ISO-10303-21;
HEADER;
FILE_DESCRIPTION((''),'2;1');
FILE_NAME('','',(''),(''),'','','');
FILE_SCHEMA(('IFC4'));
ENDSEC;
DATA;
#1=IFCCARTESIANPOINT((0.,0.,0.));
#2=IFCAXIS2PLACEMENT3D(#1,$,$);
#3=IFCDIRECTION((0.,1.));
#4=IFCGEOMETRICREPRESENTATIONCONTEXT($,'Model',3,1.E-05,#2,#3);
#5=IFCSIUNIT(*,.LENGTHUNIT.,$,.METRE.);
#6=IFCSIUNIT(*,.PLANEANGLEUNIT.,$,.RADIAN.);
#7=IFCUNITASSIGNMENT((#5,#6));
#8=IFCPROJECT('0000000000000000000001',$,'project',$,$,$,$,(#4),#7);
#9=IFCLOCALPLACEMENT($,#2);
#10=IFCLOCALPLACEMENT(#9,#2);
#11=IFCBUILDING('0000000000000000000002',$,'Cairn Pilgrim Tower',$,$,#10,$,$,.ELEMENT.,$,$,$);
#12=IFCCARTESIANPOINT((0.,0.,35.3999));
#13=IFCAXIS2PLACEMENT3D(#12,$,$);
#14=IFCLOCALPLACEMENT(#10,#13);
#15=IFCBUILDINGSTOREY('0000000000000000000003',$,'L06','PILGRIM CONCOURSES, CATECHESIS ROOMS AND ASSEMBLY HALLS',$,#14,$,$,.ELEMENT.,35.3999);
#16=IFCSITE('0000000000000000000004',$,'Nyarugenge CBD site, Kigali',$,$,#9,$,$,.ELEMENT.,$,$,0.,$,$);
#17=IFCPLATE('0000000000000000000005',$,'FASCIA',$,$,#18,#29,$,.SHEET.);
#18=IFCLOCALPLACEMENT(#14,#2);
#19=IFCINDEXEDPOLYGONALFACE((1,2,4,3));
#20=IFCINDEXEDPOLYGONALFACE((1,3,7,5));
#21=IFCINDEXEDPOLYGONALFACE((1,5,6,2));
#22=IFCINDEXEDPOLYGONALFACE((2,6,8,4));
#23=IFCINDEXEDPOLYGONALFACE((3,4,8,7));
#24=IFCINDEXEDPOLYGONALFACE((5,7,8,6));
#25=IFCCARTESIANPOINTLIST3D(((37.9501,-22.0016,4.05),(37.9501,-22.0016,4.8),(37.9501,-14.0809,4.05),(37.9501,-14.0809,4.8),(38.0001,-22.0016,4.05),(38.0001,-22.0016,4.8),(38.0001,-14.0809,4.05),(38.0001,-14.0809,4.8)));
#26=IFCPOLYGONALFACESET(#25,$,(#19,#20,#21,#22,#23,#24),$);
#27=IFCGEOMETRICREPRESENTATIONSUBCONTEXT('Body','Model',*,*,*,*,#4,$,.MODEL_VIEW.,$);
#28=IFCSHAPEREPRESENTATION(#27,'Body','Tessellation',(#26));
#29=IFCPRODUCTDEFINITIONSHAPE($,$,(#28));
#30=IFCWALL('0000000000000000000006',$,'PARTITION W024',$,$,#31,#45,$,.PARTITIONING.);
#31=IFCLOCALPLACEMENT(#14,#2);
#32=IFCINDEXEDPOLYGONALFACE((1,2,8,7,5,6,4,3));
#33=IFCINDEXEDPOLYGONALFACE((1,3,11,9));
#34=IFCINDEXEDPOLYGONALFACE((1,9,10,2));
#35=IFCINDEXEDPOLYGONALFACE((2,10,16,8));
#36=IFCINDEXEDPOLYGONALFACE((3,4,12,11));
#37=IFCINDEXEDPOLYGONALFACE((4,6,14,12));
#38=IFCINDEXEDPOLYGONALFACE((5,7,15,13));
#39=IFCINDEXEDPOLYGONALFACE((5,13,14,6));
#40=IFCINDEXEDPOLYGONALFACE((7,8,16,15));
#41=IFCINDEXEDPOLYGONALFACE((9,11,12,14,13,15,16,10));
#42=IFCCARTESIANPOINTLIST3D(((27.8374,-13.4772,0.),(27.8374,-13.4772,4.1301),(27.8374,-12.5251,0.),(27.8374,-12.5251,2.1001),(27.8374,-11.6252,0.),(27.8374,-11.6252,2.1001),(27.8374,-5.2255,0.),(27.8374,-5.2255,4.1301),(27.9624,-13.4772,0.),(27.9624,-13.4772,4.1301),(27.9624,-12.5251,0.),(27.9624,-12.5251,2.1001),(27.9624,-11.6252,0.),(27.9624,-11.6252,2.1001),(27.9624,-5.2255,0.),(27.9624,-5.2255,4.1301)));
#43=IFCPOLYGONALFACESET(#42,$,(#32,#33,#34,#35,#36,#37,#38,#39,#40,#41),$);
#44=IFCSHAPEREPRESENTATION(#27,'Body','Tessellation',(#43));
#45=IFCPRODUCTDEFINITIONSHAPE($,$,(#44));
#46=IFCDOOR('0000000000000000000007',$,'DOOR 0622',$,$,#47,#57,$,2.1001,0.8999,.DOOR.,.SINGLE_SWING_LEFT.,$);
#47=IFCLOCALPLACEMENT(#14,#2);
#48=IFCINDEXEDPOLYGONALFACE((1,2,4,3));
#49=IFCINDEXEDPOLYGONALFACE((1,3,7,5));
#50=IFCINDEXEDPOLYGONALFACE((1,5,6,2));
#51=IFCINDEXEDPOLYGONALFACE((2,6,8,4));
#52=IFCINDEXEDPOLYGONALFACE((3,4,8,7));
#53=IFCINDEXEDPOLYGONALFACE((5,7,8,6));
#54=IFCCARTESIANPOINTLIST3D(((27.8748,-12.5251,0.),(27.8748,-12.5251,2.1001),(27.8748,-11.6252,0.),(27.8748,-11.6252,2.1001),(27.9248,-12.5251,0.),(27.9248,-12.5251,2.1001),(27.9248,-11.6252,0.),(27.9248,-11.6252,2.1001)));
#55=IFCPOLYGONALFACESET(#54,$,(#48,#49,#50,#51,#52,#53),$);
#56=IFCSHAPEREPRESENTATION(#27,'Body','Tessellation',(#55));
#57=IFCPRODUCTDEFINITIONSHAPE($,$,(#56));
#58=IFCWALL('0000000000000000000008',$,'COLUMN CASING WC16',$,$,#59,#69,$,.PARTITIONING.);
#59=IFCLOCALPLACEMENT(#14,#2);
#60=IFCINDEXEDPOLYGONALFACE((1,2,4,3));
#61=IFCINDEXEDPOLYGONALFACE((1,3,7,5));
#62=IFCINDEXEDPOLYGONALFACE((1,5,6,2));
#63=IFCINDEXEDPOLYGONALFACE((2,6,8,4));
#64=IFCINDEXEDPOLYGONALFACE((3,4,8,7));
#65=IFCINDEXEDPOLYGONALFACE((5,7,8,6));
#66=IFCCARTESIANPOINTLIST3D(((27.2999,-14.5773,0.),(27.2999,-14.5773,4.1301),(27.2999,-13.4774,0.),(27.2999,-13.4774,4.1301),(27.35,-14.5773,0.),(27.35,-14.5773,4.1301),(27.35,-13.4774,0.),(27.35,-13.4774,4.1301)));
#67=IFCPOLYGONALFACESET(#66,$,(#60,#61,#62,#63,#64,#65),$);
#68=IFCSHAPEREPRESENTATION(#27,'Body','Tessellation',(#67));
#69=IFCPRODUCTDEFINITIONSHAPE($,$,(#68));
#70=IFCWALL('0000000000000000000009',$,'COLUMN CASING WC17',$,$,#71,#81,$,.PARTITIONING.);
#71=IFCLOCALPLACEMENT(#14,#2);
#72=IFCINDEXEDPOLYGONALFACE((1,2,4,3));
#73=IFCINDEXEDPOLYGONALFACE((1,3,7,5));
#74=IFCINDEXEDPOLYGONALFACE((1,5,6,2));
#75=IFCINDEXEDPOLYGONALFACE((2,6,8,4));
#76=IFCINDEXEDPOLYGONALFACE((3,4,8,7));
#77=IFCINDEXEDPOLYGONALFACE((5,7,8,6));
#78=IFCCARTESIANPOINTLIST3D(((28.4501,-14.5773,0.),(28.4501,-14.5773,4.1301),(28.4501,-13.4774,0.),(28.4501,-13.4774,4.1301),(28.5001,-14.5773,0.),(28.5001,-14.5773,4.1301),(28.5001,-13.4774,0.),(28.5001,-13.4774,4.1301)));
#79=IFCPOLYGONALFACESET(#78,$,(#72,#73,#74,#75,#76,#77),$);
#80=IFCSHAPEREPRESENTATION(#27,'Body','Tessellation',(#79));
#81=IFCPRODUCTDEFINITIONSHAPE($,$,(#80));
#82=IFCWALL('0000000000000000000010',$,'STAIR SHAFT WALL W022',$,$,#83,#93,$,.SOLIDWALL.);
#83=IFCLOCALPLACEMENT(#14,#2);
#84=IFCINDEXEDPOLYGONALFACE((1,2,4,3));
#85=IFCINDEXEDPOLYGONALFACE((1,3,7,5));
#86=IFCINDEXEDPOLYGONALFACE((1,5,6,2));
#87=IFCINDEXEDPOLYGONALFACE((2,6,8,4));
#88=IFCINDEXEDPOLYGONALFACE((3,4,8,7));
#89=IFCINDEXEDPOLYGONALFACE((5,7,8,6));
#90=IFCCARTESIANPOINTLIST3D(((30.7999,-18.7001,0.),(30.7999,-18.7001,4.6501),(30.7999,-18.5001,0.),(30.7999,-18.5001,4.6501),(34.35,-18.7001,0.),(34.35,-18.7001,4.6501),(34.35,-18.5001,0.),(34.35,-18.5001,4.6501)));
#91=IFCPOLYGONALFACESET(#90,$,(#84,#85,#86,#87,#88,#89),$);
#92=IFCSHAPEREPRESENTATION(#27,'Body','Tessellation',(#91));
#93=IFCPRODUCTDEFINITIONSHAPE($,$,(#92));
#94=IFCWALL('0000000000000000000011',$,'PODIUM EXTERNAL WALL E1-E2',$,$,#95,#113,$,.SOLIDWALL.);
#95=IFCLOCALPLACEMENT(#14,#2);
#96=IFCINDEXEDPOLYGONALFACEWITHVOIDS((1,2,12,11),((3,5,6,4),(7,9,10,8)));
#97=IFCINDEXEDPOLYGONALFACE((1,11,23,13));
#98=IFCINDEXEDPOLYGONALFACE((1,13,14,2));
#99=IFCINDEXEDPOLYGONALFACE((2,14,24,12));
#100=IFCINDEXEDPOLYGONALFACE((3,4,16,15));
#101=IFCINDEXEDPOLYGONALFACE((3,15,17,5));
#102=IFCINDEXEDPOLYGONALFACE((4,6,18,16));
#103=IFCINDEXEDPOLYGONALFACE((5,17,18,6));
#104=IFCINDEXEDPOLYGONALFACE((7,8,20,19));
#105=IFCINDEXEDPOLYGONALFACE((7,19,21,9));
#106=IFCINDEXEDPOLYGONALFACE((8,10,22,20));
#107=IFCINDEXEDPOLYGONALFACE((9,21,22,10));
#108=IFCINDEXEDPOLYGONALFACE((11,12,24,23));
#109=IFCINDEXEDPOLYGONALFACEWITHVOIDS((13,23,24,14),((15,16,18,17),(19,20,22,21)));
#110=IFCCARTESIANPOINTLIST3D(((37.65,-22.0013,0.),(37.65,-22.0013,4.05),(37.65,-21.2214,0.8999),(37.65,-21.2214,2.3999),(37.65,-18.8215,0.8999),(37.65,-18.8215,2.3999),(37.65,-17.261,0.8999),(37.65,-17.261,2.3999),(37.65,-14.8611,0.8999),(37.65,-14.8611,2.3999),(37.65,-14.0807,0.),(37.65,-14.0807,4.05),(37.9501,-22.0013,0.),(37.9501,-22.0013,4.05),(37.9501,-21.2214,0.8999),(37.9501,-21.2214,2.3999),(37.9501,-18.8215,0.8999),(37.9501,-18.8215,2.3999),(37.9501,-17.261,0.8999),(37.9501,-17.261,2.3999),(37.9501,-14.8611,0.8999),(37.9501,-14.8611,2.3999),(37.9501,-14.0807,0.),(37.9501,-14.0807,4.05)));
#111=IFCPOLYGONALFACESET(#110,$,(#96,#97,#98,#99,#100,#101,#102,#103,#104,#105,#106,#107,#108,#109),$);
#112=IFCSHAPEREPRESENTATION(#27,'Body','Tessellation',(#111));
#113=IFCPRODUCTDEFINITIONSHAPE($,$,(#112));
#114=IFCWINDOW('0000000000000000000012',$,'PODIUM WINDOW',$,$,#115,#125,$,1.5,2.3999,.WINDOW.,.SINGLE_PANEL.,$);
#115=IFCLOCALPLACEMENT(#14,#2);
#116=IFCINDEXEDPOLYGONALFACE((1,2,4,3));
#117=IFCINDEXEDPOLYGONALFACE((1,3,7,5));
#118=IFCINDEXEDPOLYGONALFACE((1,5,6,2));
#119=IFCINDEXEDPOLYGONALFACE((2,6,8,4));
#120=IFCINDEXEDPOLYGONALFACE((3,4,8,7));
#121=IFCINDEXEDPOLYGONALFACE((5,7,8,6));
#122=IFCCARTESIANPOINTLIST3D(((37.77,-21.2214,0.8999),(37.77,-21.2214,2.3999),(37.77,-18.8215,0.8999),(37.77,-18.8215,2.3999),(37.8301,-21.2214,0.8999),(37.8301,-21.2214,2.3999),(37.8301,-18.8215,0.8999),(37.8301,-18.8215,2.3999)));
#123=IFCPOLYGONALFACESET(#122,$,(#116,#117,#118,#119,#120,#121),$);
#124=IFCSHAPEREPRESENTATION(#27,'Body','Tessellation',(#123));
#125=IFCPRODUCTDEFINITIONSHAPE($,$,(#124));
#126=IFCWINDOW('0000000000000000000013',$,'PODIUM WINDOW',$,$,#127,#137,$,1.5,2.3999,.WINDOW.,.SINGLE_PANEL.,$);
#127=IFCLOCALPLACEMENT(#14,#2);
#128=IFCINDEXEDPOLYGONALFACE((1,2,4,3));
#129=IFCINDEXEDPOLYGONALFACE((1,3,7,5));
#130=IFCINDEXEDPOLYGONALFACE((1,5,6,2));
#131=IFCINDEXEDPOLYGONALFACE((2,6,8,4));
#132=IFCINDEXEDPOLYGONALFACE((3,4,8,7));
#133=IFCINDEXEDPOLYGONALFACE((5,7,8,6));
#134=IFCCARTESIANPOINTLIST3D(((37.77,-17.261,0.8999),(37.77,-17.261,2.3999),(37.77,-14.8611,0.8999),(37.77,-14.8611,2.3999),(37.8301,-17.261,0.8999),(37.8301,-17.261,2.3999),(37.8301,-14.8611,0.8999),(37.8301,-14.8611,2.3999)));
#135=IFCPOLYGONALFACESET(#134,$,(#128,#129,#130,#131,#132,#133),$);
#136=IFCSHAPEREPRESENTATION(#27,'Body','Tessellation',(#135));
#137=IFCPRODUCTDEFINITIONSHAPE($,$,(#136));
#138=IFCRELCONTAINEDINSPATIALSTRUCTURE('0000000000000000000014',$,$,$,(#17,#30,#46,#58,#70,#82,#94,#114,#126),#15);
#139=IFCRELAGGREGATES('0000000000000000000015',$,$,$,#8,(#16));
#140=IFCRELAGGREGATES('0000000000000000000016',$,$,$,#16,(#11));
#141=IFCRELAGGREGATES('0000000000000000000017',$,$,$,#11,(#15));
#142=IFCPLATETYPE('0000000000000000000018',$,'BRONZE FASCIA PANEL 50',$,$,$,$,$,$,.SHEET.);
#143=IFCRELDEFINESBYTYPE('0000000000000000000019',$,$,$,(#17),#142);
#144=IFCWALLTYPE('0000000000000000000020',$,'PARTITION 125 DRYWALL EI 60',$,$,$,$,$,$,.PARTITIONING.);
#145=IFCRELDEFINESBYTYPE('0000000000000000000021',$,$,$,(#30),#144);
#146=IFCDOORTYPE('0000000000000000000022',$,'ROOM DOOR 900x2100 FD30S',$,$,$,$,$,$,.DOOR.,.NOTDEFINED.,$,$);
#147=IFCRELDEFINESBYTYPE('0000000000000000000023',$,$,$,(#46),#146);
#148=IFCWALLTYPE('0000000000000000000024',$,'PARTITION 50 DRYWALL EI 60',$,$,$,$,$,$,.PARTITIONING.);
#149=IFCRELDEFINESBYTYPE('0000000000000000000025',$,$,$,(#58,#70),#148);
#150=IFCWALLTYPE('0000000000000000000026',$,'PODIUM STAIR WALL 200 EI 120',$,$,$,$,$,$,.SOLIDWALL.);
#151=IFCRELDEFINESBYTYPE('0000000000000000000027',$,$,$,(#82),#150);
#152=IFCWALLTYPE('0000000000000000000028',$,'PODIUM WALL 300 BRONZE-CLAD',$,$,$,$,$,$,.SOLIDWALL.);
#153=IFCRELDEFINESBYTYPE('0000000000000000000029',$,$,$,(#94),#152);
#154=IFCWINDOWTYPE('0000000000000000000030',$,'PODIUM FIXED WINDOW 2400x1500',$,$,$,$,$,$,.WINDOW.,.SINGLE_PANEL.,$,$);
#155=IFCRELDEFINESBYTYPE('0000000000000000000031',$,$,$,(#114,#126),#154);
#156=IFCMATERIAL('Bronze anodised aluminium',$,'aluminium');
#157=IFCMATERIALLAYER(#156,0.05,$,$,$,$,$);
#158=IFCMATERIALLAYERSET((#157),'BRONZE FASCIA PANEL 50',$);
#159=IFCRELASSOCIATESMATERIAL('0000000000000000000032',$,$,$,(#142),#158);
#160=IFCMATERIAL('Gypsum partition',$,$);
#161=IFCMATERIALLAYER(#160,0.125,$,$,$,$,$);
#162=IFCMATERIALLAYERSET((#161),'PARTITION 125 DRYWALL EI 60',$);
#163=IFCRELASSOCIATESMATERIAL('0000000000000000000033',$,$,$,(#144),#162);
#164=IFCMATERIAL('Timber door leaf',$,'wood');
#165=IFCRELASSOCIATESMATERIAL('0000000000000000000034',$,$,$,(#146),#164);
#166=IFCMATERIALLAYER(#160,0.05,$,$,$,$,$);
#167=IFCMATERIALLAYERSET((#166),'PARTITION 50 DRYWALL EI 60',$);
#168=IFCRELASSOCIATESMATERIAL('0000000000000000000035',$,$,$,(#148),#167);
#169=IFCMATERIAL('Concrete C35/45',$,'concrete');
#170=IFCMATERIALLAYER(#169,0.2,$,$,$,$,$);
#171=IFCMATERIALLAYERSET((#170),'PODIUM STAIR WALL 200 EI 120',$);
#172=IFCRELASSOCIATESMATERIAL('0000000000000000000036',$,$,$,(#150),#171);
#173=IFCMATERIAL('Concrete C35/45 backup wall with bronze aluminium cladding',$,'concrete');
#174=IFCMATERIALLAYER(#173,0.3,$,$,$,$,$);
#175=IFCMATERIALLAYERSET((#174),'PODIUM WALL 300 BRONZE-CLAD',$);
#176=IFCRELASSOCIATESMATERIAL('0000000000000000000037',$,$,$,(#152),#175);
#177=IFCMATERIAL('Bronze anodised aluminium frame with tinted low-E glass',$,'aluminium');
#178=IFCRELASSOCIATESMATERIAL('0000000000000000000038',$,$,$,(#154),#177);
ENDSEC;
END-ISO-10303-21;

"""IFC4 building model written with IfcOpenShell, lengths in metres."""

from ifc_helpers import new_model, si_unit, direction, frame, frame_2d, origin, origin_2d, place, context, subcontext, project, spatial, rectangle, extrude, material, layer, layer_set, type_object, element, fill, save


model = new_model("IFC4")

# Units and contexts
model_context = context("Model", 3, precision=1e-05, world=origin(), true_north=direction((0.0, 1.0)))
body_context = subcontext(model_context, "Body", "Model", "MODEL_VIEW")
ifc_project = project(units=[si_unit("LENGTHUNIT", "METRE"), si_unit("PLANEANGLEUNIT", "RADIAN")], contexts=[model_context])

# Site, building, storey
site_placement = place(None, origin())
site = spatial("IfcSite", under=ifc_project, at=site_placement, Name="Nyarugenge CBD site, Kigali", CompositionType="ELEMENT", RefElevation=0.0)
building_placement = place(site_placement, origin())
building = spatial("IfcBuilding", under=site, at=building_placement, Name="Cairn Pilgrim Tower", CompositionType="ELEMENT")
storey_placement = place(building_placement, frame((0.0, 0.0, 35.3999)))
storey = spatial("IfcBuildingStorey", under=building, at=storey_placement, Name="L06", Description="PILGRIM CONCOURSES, CATECHESIS ROOMS AND ASSEMBLY HALLS", CompositionType="ELEMENT", Elevation=35.3999)

# Plate
ifc_material_1 = material(Name="Bronze anodised aluminium", Category="aluminium")
ifc_layer_1 = layer(ifc_material_1, 0.05)
ifc_layer_set_1 = layer_set([ifc_layer_1], Name="BRONZE FASCIA PANEL 50")
plate_type = type_object("IfcPlateType", Name="BRONZE FASCIA PANEL 50", PredefinedType="SHEET", material=ifc_layer_set_1)
plate_placement = place(storey_placement, frame((37.9751, -18.0413, 4.05), z_axis=(0.0, 0.0, 1.0), x_axis=(0.0, 1.0, 0.0)))
element("IfcPlate", 1, at=plate_placement, inside=storey, type_object=plate_type, Name="FASCIA", PredefinedType="SHEET", context=body_context, shape_type="SweptSolid", body=[
    extrude(rectangle(XDim=7.9207, YDim=0.05, at=origin_2d()), origin(), (0.0, 0.0, 1.0), 0.75),
])

# Wall, opening, door
ifc_material_2 = material(Name="Gypsum partition")
ifc_layer_2 = layer(ifc_material_2, 0.125)
ifc_layer_set_2 = layer_set([ifc_layer_2], Name="PARTITION 125 DRYWALL EI 60")
wall_type_1 = type_object("IfcWallType", Name="PARTITION 125 DRYWALL EI 60", PredefinedType="PARTITIONING", material=ifc_layer_set_2)
wall_1_placement = place(storey_placement, frame((27.8999, -13.4773, 0.0), z_axis=(0.0, 0.0, 1.0), x_axis=(0.0, 1.0, 0.0)))
wall_1 = element("IfcWall", 2, at=wall_1_placement, inside=storey, type_object=wall_type_1, Name="PARTITION W024", PredefinedType="PARTITIONING", context=body_context, shape_type="SweptSolid", body=[
    extrude(rectangle(XDim=8.2517, YDim=0.125, at=frame_2d((4.126, 0.0))), origin(), (0.0, 0.0, 1.0), 4.1301),
])
opening_1_placement = place(wall_1_placement, frame((0.9521, 0.0, 0.0)))
opening_1 = element("IfcOpeningElement", 3, at=opening_1_placement, cuts=wall_1, PredefinedType="OPENING", context=body_context, shape_type="SweptSolid", body=[
    extrude(rectangle(XDim=0.8999, YDim=2.1001, at=frame_2d((0.45, 1.05))), frame((0.0, 0.0725, 0.0), z_axis=(0.0, -1.0, 0.0), x_axis=(1.0, 0.0, 0.0)), (0.0, 0.0, 1.0), 0.145),
])
ifc_material_3 = material(Name="Timber door leaf", Category="wood")
door_type = type_object("IfcDoorType", Name="ROOM DOOR 900x2100 FD30S", OperationType="NOTDEFINED", PredefinedType="DOOR", material=ifc_material_3)
door_placement = place(opening_1_placement, frame((0.8999, 0.0, 0.0), z_axis=(0.0, 0.0, 1.0), x_axis=(-1.0, 0.0, 0.0)))
door = element("IfcDoor", 4, at=door_placement, inside=storey, type_object=door_type, Name="DOOR 0622", OperationType="SINGLE_SWING_LEFT", OverallHeight=2.1001, OverallWidth=0.8999, PredefinedType="DOOR", context=body_context, shape_type="SweptSolid", body=[
    extrude(rectangle(XDim=0.8999, YDim=2.1001, at=frame_2d((0.45, 1.05))), frame((0.0, 0.0249, 0.0), z_axis=(0.0, -1.0, 0.0), x_axis=(1.0, 0.0, 0.0)), (0.0, 0.0, 1.0), 0.05),
])
fill(opening_1, door)

# Walls
ifc_layer_3 = layer(ifc_material_2, 0.05)
ifc_layer_set_3 = layer_set([ifc_layer_3], Name="PARTITION 50 DRYWALL EI 60")
wall_type_2 = type_object("IfcWallType", Name="PARTITION 50 DRYWALL EI 60", PredefinedType="PARTITIONING", material=ifc_layer_set_3)
for number, where, z_axis, x_axis, name in (
    (5, (27.325, -14.5771, 0.0), (0.0, 0.0, 1.0), (0.0, 1.0, 0.0), "COLUMN CASING WC16"),
    (6, (28.4751, -14.5771, 0.0), (0.0, 0.0, 1.0), (0.0, 1.0, 0.0), "COLUMN CASING WC17"),
):
    element("IfcWall", number, at=place(storey_placement, frame(where, z_axis=z_axis, x_axis=x_axis)), inside=storey, type_object=wall_type_2, Name=name, PredefinedType="PARTITIONING", context=body_context, shape_type="SweptSolid", body=[
        extrude(rectangle(XDim=1.0999, YDim=0.05, at=frame_2d((0.5498, 0.0))), origin(), (0.0, 0.0, 1.0), 4.1301),
    ])
ifc_material_4 = material(Name="Concrete C35/45", Category="concrete")
ifc_layer_4 = layer(ifc_material_4, 0.2)
ifc_layer_set_4 = layer_set([ifc_layer_4], Name="PODIUM STAIR WALL 200 EI 120")
wall_type_3 = type_object("IfcWallType", Name="PODIUM STAIR WALL 200 EI 120", PredefinedType="SOLIDWALL", material=ifc_layer_set_4)
wall_2_placement = place(storey_placement, frame((30.8, -18.6001, 0.0), z_axis=(0.0, 0.0, 1.0), x_axis=(1.0, 0.0, 0.0)))
element("IfcWall", 7, at=wall_2_placement, inside=storey, type_object=wall_type_3, Name="STAIR SHAFT WALL W022", PredefinedType="SOLIDWALL", context=body_context, shape_type="SweptSolid", body=[
    extrude(rectangle(XDim=3.55, YDim=0.2, at=frame_2d((1.7749, 0.0))), origin(), (0.0, 0.0, 1.0), 4.6501),
])

# Wall, openings, windows
ifc_material_5 = material(Name="Concrete C35/45 backup wall with bronze aluminium cladding", Category="concrete")
ifc_layer_5 = layer(ifc_material_5, 0.3)
ifc_layer_set_5 = layer_set([ifc_layer_5], Name="PODIUM WALL 300 BRONZE-CLAD")
wall_type_4 = type_object("IfcWallType", Name="PODIUM WALL 300 BRONZE-CLAD", PredefinedType="SOLIDWALL", material=ifc_layer_set_5)
wall_3_placement = place(storey_placement, frame((37.8, -22.0015, 0.0), z_axis=(0.0, 0.0, 1.0), x_axis=(0.0, 1.0, 0.0)))
wall_3 = element("IfcWall", 8, at=wall_3_placement, inside=storey, type_object=wall_type_4, Name="PODIUM EXTERNAL WALL E1-E2", PredefinedType="SOLIDWALL", context=body_context, shape_type="SweptSolid", body=[
    extrude(rectangle(XDim=7.9207, YDim=0.3, at=frame_2d((3.9604, 0.0))), origin(), (0.0, 0.0, 1.0), 4.05),
])
opening_2_placement = place(wall_3_placement, frame((0.78, 0.0, 0.8999)))
opening_2 = element("IfcOpeningElement", 9, at=opening_2_placement, cuts=wall_3, PredefinedType="OPENING", context=body_context, shape_type="SweptSolid", body=[
    extrude(rectangle(XDim=2.3999, YDim=1.5, at=frame_2d((1.2, 0.75))), frame((0.0, 0.1602, 0.0), z_axis=(0.0, -1.0, 0.0), x_axis=(1.0, 0.0, 0.0)), (0.0, 0.0, 1.0), 0.3201),
])
opening_3_placement = place(wall_3_placement, frame((4.7405, 0.0, 0.8999)))
opening_3 = element("IfcOpeningElement", 10, at=opening_3_placement, cuts=wall_3, PredefinedType="OPENING", context=body_context, shape_type="SweptSolid", body=[
    extrude(rectangle(XDim=2.3999, YDim=1.5, at=frame_2d((1.2, 0.75))), frame((0.0, 0.1602, 0.0), z_axis=(0.0, -1.0, 0.0), x_axis=(1.0, 0.0, 0.0)), (0.0, 0.0, 1.0), 0.3201),
])
ifc_material_6 = material(Name="Bronze anodised aluminium frame with tinted low-E glass", Category="aluminium")
window_type = type_object("IfcWindowType", Name="PODIUM FIXED WINDOW 2400x1500", PartitioningType="SINGLE_PANEL", PredefinedType="WINDOW", material=ifc_material_6)
window_1_placement = place(opening_2_placement, origin())
window_1 = element("IfcWindow", 11, at=window_1_placement, inside=storey, type_object=window_type, Name="PODIUM WINDOW", OverallHeight=1.5, OverallWidth=2.3999, PartitioningType="SINGLE_PANEL", PredefinedType="WINDOW", context=body_context, shape_type="SweptSolid", body=[
    extrude(rectangle(XDim=2.3999, YDim=1.5, at=frame_2d((1.2, 0.75))), frame((0.0, 0.03, 0.0), z_axis=(0.0, -1.0, 0.0), x_axis=(1.0, 0.0, 0.0)), (0.0, 0.0, 1.0), 0.0601),
])
fill(opening_2, window_1)
window_2_placement = place(opening_3_placement, origin())
window_2 = element("IfcWindow", 12, at=window_2_placement, inside=storey, type_object=window_type, Name="PODIUM WINDOW", OverallHeight=1.5, OverallWidth=2.3999, PartitioningType="SINGLE_PANEL", PredefinedType="WINDOW", context=body_context, shape_type="SweptSolid", body=[
    extrude(rectangle(XDim=2.3999, YDim=1.5, at=frame_2d((1.2, 0.75))), frame((0.0, 0.03, 0.0), z_axis=(0.0, -1.0, 0.0), x_axis=(1.0, 0.0, 0.0)), (0.0, 0.0, 1.0), 0.0601),
])
fill(opening_3, window_2)

save(model, "model.ifc")
